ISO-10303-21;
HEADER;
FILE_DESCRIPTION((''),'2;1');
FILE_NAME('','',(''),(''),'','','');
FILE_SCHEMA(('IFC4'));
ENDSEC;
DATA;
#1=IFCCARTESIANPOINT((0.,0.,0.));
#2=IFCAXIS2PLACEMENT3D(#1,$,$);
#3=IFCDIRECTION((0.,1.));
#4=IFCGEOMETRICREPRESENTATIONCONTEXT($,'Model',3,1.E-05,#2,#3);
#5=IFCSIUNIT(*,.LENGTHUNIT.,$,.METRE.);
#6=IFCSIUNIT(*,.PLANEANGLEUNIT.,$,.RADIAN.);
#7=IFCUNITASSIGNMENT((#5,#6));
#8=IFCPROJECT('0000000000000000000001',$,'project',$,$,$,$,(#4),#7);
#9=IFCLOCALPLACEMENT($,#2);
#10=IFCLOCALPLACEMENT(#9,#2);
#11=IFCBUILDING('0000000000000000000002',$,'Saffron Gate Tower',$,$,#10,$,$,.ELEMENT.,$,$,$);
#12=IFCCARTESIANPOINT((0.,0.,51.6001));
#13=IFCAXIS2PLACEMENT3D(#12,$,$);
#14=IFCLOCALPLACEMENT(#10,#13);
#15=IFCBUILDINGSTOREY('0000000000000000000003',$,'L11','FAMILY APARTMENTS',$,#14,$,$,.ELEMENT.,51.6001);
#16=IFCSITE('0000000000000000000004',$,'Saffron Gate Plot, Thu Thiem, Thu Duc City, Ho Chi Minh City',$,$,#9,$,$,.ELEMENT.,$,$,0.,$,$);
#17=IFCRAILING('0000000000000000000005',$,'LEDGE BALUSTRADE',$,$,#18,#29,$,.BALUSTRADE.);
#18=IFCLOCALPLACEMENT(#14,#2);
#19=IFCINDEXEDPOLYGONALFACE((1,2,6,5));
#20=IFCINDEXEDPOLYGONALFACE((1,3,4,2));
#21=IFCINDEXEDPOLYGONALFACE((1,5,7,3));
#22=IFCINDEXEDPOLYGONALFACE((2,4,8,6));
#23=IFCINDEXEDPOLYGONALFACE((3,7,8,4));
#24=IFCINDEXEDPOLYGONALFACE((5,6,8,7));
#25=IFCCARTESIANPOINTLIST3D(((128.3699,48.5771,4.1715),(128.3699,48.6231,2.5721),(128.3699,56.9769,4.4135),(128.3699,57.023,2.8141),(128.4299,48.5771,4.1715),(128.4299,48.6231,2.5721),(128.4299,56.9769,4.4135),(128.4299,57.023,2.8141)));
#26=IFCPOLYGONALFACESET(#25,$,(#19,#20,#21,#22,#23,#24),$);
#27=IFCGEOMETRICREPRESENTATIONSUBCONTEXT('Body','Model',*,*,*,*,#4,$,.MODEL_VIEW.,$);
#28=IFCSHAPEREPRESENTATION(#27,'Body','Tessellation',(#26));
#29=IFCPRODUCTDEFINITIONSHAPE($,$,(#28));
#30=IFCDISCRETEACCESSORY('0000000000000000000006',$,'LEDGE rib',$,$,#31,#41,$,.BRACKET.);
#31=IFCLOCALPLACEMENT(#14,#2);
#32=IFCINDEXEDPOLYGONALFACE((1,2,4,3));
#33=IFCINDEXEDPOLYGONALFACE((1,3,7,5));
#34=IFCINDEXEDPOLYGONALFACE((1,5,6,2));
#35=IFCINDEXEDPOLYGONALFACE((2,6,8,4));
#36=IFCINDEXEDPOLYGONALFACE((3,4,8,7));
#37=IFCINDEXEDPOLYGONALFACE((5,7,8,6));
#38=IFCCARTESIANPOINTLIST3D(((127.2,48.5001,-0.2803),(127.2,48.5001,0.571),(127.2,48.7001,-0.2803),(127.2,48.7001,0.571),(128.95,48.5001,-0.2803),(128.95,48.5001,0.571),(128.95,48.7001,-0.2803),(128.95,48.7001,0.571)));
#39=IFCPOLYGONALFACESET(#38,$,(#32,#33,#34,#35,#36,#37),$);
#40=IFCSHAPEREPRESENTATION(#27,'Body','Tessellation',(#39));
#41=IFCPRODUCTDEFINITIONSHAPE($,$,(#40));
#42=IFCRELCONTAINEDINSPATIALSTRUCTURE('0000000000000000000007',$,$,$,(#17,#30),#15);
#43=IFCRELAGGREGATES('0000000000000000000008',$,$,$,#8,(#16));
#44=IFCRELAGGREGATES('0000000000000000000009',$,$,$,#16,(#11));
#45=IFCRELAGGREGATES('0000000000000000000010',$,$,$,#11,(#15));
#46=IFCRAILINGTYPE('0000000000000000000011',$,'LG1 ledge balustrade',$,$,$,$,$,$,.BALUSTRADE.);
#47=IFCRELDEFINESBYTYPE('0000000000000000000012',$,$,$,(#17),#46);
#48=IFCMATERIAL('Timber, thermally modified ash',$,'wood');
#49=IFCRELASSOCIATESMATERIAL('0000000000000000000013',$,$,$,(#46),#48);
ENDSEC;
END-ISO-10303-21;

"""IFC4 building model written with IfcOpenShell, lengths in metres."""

from ifc_helpers import new_model, si_unit, direction, frame, origin, origin_2d, place, context, subcontext, project, spatial, rectangle, extrude, material, type_object, element, save


model = new_model("IFC4")

# Units and contexts
model_context = context("Model", 3, precision=1e-05, world=origin(), true_north=direction((0.0, 1.0)))
body_context = subcontext(model_context, "Body", "Model", "MODEL_VIEW")
ifc_project = project(units=[si_unit("LENGTHUNIT", "METRE"), si_unit("PLANEANGLEUNIT", "RADIAN")], contexts=[model_context])

# Site, building, storey
site_placement = place(None, origin())
site = spatial("IfcSite", under=ifc_project, at=site_placement, Name="Saffron Gate Plot, Thu Thiem, Thu Duc City, Ho Chi Minh City", CompositionType="ELEMENT", RefElevation=0.0)
building_placement = place(site_placement, origin())
building = spatial("IfcBuilding", under=site, at=building_placement, Name="Saffron Gate Tower", CompositionType="ELEMENT")
storey_placement = place(building_placement, frame((0.0, 0.0, 51.6001)))
storey = spatial("IfcBuildingStorey", under=building, at=storey_placement, Name="L11", Description="FAMILY APARTMENTS", CompositionType="ELEMENT", Elevation=51.6001)

# Shared definitions
ifc_material_1 = material(Name="Timber, thermally modified ash", Category="wood")

# Railing
railing_type = type_object("IfcRailingType", Name="LG1 ledge balustrade", PredefinedType="BALUSTRADE", material=ifc_material_1)
railing_placement = place(storey_placement, frame((128.3999, 48.6001, 2.5718)))
element("IfcRailing", 1, at=railing_placement, inside=storey, type_object=railing_type, Name="LEDGE BALUSTRADE", PredefinedType="BALUSTRADE", context=body_context, shape_type="SweptSolid", body=[
    extrude(rectangle(XDim=0.0601, YDim=1.6001, at=origin_2d()), frame((0.0, 0.0, 0.8), z_axis=(0.0, 0.999585, 0.028791), x_axis=(-1.0, 0.0, 0.0)), (0.0, 0.0, 1.0), 8.4033),
])

# Discrete accessory
discrete_accessory_placement = place(storey_placement, frame((128.075, 48.6001, -0.2803), z_axis=(0.0, 0.0, 1.0), x_axis=(0.0, 1.0, 0.0)))
element("IfcDiscreteAccessory", 2, at=discrete_accessory_placement, inside=storey, Name="LEDGE rib", PredefinedType="BRACKET", context=body_context, shape_type="SweptSolid", body=[
    extrude(rectangle(XDim=0.2, YDim=1.75, at=origin_2d()), origin(), (0.0, 0.0, 1.0), 0.8513),
])

save(model, "model.ifc")
